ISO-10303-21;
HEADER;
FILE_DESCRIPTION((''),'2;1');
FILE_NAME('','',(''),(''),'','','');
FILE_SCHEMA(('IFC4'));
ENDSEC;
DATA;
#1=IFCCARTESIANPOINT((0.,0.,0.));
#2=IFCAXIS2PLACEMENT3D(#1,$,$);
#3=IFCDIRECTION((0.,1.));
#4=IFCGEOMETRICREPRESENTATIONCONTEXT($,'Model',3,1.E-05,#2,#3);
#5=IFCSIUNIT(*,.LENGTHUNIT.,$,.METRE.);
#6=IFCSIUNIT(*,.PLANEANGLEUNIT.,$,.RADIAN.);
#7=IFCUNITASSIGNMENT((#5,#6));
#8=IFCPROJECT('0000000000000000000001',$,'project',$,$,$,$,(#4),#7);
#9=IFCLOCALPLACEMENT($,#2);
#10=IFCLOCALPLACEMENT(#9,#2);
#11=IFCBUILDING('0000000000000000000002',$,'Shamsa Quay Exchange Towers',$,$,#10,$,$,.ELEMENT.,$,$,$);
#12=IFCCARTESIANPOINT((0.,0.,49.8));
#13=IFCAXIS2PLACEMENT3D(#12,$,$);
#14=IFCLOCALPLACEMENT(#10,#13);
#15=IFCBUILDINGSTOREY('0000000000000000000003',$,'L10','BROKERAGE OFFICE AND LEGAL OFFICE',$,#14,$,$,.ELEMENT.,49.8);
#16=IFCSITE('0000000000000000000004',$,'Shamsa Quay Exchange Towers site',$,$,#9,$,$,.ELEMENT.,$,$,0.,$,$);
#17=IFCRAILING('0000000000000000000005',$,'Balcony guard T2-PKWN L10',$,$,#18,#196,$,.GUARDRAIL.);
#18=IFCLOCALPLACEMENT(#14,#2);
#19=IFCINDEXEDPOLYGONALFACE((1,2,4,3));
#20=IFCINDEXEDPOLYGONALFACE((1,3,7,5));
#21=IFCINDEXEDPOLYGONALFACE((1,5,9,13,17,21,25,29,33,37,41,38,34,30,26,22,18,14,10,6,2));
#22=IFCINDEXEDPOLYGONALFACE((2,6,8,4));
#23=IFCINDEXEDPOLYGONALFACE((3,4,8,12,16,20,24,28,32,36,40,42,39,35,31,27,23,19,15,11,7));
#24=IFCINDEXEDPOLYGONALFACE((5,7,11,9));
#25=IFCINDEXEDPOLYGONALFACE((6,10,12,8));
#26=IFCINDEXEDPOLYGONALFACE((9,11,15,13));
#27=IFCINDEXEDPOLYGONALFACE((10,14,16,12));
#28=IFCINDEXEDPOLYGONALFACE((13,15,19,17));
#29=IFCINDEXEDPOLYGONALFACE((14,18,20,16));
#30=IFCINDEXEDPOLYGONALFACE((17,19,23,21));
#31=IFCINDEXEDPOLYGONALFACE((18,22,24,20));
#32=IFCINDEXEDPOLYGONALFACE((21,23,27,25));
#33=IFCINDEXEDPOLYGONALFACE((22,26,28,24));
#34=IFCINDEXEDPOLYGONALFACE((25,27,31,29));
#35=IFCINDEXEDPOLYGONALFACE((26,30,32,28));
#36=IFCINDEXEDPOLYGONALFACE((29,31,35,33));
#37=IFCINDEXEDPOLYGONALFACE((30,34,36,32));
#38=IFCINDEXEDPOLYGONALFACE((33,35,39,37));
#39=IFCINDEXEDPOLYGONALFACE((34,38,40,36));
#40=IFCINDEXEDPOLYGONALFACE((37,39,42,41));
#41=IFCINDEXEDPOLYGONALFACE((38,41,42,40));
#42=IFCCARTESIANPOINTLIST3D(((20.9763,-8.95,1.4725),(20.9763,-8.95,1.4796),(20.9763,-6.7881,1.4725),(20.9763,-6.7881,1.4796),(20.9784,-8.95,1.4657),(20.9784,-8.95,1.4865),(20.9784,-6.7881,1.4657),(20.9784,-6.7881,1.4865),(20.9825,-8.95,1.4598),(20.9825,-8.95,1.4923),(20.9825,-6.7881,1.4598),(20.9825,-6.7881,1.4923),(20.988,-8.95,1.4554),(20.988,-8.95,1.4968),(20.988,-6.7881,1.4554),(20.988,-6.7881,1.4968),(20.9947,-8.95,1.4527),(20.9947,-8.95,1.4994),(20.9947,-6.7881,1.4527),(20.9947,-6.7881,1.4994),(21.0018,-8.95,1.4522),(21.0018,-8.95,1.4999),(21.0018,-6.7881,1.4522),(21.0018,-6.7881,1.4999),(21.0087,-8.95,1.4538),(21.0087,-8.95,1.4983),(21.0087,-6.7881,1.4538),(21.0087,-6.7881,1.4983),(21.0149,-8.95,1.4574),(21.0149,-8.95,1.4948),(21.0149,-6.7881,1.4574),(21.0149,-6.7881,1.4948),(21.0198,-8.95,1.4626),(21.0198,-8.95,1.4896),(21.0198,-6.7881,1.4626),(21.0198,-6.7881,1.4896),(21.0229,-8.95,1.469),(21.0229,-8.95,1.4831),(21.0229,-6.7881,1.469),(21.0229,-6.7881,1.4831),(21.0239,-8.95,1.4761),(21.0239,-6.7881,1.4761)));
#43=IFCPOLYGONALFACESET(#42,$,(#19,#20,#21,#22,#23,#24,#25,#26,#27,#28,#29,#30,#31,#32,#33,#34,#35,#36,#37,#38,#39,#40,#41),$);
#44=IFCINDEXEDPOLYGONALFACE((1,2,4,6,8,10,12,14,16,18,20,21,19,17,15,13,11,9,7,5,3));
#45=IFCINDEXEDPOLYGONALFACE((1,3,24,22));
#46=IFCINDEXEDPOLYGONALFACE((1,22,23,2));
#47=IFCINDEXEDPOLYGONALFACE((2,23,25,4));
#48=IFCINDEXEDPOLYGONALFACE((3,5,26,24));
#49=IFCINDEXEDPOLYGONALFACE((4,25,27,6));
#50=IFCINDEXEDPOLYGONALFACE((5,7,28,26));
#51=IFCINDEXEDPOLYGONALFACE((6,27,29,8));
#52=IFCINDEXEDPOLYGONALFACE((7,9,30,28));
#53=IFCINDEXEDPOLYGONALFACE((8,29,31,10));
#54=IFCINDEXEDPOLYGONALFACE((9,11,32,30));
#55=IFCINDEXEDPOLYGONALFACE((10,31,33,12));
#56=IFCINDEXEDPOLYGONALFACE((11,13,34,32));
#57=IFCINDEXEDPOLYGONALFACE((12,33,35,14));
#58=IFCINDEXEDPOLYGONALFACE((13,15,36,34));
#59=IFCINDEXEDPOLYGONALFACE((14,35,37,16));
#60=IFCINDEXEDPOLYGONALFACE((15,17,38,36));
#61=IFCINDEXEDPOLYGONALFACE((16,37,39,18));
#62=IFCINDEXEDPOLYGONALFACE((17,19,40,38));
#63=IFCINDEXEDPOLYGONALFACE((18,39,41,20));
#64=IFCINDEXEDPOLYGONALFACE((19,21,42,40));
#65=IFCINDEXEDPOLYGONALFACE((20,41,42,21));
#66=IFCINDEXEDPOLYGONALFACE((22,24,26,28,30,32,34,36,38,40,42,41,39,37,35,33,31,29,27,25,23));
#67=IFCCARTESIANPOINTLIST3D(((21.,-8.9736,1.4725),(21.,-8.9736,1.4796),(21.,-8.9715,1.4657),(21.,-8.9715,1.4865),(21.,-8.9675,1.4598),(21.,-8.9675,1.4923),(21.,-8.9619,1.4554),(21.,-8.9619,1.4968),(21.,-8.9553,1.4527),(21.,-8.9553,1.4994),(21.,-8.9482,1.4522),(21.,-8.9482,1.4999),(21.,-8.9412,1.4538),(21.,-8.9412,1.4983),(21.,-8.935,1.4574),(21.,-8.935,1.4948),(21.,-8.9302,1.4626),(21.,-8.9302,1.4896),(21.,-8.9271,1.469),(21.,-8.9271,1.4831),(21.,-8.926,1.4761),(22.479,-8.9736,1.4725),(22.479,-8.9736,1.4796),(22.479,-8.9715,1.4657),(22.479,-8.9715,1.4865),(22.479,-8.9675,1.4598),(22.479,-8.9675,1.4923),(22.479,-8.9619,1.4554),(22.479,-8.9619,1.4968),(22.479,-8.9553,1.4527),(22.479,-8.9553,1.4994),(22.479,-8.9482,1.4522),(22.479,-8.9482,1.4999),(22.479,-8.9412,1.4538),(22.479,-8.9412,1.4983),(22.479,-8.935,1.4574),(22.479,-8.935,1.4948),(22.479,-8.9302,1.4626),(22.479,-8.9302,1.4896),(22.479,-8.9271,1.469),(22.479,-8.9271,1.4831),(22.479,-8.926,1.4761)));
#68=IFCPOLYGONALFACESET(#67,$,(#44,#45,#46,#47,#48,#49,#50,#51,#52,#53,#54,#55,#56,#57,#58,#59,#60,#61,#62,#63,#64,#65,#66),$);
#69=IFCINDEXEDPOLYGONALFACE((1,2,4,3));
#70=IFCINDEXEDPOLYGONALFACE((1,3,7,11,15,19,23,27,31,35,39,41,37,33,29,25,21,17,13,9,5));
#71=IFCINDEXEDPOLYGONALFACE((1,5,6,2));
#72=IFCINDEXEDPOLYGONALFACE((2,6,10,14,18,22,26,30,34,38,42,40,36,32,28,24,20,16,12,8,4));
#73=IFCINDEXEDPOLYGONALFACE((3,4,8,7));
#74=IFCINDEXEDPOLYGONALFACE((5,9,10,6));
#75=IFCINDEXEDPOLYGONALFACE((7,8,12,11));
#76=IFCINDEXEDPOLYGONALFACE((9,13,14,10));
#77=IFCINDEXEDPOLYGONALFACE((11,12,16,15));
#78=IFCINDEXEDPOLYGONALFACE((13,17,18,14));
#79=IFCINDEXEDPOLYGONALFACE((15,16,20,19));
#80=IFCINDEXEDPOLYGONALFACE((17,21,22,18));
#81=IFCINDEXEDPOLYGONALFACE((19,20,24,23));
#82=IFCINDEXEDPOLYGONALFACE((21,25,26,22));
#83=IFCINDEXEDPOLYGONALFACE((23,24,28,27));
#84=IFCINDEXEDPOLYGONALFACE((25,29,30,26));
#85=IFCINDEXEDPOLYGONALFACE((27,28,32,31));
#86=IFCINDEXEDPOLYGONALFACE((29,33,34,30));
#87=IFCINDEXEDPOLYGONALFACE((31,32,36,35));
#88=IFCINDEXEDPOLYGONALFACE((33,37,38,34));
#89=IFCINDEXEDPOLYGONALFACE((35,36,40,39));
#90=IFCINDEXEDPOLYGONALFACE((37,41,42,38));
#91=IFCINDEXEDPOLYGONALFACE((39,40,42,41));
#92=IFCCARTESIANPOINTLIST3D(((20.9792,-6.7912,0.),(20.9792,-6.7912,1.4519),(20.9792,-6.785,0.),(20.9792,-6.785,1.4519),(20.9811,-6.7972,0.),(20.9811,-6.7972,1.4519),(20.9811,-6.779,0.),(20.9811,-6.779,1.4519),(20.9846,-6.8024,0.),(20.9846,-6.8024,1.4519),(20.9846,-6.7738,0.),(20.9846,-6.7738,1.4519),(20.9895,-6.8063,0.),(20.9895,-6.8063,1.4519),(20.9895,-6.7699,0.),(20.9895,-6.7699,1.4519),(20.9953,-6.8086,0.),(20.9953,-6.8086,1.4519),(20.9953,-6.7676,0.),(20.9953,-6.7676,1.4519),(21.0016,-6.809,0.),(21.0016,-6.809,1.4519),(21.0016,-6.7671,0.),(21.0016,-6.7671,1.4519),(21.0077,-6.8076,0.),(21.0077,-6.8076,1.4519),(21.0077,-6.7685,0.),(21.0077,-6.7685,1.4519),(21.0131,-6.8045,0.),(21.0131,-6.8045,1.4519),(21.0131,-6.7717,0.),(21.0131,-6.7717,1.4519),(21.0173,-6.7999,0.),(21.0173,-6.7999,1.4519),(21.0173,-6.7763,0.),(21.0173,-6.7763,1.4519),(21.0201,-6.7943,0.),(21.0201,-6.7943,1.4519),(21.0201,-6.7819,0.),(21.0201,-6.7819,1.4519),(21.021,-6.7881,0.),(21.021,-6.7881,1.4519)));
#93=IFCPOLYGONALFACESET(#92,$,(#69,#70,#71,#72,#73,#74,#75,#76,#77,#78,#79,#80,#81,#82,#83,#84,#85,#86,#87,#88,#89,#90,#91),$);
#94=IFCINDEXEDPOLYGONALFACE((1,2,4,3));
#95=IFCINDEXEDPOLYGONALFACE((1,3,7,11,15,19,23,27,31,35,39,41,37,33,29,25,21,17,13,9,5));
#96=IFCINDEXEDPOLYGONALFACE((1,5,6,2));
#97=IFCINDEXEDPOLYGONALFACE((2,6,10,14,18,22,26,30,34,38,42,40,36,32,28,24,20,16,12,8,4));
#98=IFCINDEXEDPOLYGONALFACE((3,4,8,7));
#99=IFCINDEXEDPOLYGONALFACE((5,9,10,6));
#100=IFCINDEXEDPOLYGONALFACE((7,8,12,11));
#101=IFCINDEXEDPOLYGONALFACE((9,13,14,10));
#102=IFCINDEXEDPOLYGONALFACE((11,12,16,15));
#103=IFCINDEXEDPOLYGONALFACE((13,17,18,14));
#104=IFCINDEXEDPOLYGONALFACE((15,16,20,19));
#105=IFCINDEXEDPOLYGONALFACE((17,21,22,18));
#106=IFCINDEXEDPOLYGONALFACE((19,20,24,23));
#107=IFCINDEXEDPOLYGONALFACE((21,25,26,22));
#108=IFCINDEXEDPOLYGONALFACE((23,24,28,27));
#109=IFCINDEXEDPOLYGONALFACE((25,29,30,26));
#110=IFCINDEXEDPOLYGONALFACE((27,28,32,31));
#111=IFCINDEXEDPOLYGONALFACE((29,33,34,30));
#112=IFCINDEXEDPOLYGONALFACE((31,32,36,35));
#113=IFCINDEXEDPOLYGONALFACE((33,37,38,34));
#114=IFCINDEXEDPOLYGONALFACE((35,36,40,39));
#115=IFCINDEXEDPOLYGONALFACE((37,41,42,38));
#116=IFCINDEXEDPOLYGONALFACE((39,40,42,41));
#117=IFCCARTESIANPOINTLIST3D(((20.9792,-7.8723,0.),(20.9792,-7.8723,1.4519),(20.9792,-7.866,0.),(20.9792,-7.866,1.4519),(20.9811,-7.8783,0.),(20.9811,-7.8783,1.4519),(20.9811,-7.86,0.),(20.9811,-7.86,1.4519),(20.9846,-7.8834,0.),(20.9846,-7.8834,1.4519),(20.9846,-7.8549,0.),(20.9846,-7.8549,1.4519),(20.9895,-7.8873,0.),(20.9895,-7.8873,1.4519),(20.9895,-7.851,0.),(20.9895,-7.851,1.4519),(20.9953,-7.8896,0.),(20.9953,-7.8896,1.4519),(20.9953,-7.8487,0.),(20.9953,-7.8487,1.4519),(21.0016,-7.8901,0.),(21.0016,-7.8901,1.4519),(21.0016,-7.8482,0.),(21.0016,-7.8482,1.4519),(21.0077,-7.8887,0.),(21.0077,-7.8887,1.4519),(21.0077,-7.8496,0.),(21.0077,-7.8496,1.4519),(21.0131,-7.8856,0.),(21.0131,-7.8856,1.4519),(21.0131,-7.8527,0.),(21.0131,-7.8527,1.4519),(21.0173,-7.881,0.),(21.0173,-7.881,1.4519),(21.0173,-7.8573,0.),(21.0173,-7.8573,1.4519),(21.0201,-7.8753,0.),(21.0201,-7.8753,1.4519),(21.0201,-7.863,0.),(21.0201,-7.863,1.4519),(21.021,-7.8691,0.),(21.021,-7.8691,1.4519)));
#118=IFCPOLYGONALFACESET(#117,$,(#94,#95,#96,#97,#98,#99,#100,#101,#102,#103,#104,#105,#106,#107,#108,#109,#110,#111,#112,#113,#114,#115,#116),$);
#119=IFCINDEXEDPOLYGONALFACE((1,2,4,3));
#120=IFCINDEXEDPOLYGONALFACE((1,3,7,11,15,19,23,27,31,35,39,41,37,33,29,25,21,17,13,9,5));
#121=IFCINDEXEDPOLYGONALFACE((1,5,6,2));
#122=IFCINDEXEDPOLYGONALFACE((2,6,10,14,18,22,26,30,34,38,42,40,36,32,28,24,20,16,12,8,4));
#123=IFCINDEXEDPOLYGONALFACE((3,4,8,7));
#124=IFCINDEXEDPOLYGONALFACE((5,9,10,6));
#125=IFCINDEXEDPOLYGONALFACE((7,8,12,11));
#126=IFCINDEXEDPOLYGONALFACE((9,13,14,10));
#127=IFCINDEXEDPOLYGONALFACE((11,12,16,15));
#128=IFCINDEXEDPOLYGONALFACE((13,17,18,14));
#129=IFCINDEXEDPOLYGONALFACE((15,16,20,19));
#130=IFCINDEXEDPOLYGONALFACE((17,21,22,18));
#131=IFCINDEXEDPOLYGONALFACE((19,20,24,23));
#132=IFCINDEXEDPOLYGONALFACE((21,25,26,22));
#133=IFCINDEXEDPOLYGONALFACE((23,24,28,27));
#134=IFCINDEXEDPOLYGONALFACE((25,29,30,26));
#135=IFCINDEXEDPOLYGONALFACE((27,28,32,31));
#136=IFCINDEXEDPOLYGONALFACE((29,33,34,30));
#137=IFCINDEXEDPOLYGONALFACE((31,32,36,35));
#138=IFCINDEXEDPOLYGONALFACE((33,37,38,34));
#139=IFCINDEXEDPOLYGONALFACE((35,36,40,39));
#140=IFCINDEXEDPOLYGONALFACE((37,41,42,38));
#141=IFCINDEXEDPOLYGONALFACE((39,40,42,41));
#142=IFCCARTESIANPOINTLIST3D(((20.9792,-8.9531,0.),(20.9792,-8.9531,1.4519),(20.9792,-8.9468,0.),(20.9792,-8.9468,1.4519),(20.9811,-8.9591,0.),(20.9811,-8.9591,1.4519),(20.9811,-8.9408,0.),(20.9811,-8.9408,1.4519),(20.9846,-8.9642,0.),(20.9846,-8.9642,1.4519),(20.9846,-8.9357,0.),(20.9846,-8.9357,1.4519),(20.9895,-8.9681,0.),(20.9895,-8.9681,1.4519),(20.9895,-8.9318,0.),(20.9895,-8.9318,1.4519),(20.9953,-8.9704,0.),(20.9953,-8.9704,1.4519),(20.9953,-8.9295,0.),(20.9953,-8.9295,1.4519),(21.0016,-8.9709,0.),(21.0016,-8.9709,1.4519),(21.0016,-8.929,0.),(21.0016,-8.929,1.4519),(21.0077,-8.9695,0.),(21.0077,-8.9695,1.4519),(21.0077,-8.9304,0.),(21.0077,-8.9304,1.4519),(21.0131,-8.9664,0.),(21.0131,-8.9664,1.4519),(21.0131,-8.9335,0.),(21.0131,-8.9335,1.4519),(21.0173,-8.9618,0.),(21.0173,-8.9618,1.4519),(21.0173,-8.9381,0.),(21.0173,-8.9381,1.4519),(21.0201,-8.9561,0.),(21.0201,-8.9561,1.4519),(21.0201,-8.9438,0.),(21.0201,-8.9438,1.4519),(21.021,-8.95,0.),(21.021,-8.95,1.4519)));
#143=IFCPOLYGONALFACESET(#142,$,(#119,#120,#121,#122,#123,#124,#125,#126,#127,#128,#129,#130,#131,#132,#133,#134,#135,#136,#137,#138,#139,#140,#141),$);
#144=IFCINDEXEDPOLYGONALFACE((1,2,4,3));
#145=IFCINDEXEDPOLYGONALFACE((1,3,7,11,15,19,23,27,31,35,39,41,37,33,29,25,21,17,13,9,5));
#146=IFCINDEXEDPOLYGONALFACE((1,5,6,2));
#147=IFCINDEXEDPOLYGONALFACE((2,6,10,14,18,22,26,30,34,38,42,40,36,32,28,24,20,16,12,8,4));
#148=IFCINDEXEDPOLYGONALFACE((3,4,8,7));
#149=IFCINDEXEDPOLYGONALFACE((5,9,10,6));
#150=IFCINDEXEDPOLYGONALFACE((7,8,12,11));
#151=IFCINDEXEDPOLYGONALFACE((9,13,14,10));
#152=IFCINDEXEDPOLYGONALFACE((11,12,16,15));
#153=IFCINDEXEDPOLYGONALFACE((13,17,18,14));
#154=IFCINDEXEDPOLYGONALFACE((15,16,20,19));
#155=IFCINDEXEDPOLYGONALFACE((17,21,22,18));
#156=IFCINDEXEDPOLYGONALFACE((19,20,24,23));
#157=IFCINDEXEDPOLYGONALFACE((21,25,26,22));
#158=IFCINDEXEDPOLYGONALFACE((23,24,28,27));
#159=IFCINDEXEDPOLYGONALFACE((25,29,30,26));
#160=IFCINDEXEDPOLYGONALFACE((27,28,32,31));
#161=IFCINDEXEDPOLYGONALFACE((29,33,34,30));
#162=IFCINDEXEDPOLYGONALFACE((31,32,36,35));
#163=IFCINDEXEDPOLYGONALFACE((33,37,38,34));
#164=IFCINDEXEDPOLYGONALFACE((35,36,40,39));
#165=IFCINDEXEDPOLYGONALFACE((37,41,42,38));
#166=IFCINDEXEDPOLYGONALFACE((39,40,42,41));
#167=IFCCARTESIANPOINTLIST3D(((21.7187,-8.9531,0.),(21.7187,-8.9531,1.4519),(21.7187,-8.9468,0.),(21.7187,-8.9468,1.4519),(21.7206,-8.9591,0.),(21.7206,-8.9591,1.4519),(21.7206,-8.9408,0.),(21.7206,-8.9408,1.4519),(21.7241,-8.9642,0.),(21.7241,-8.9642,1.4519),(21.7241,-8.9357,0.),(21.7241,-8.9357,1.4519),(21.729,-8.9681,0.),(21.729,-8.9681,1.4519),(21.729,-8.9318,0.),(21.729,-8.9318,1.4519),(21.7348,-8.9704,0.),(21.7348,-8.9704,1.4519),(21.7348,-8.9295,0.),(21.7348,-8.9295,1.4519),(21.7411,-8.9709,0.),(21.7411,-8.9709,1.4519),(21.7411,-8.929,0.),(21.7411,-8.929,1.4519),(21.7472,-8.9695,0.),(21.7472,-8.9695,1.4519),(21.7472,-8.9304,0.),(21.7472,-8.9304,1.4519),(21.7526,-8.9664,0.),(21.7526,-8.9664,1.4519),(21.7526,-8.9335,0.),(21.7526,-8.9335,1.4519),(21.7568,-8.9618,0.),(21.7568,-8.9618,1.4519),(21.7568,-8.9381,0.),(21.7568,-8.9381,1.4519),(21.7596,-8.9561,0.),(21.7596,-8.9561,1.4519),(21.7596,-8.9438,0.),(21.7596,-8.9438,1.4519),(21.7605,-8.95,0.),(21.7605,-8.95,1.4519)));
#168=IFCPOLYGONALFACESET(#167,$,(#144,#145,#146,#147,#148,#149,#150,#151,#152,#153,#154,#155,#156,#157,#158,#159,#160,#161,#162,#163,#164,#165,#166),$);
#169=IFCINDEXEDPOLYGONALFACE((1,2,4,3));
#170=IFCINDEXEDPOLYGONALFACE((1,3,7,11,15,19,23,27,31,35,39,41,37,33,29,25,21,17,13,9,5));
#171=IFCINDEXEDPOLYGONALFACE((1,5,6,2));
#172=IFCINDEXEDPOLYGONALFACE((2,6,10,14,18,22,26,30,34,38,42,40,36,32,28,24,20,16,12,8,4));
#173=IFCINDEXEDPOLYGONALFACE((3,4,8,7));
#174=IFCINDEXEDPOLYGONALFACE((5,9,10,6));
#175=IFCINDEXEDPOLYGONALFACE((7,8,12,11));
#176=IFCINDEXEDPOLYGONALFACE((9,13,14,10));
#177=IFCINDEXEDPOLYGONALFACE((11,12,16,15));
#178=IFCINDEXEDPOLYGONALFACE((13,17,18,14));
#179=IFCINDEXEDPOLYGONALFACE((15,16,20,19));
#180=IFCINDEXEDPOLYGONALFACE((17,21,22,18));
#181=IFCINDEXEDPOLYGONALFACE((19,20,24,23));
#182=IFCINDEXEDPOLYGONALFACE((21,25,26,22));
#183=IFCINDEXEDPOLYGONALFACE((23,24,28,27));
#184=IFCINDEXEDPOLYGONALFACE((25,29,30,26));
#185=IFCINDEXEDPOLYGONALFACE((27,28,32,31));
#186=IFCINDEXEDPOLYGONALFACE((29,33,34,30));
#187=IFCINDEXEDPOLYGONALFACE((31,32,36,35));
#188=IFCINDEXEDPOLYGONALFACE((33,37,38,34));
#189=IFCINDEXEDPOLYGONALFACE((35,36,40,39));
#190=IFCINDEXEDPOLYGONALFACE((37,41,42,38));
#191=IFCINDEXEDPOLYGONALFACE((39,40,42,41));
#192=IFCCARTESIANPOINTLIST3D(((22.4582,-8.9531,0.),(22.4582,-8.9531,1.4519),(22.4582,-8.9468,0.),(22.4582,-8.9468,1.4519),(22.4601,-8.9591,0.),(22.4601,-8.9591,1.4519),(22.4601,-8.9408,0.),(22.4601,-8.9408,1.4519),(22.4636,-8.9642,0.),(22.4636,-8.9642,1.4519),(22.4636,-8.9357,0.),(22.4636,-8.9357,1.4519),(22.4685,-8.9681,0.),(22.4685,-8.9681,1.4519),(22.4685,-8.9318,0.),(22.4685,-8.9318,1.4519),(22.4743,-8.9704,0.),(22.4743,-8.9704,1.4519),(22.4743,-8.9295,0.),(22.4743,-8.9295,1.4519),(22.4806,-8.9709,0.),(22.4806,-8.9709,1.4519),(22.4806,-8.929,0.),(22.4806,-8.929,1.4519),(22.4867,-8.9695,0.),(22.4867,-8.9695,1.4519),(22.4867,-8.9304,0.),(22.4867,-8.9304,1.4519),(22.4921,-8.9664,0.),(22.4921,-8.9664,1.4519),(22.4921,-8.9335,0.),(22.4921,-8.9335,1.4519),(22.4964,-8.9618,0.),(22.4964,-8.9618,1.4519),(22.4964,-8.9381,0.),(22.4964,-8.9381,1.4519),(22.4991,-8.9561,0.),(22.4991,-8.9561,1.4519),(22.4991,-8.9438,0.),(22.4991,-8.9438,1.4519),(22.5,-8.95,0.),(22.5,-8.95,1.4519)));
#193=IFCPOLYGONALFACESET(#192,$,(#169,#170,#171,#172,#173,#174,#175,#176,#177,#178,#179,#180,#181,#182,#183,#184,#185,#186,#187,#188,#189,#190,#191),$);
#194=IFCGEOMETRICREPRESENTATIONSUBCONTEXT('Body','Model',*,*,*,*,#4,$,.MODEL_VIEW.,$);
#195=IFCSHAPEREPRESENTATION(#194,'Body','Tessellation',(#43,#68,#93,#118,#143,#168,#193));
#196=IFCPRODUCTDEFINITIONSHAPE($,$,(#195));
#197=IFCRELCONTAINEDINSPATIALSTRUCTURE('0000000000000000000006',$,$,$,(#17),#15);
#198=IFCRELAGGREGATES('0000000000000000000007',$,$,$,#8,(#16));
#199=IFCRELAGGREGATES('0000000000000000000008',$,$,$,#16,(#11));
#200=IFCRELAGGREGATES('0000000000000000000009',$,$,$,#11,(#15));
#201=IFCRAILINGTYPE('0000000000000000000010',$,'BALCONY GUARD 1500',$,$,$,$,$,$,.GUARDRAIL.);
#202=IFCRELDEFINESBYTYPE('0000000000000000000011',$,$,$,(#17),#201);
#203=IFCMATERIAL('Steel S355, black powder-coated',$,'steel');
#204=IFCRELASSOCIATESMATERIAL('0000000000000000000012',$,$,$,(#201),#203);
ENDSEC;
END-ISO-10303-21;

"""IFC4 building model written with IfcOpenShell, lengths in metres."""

from ifc_helpers import new_model, si_unit, direction, frame, origin, origin_2d, place, context, subcontext, project, spatial, circle, extrude, material, type_object, element, save


model = new_model("IFC4")

# Units and contexts
model_context = context("Model", 3, precision=1e-05, world=origin(), true_north=direction((0.0, 1.0)))
body_context = subcontext(model_context, "Body", "Model", "MODEL_VIEW")
ifc_project = project(units=[si_unit("LENGTHUNIT", "METRE"), si_unit("PLANEANGLEUNIT", "RADIAN")], contexts=[model_context])

# Site, building, storey
site_placement = place(None, origin())
site = spatial("IfcSite", under=ifc_project, at=site_placement, Name="Shamsa Quay Exchange Towers site", CompositionType="ELEMENT", RefElevation=0.0)
building_placement = place(site_placement, origin())
building = spatial("IfcBuilding", under=site, at=building_placement, Name="Shamsa Quay Exchange Towers", CompositionType="ELEMENT")
storey_placement = place(building_placement, frame((0.0, 0.0, 49.8)))
storey = spatial("IfcBuildingStorey", under=building, at=storey_placement, Name="L10", Description="BROKERAGE OFFICE AND LEGAL OFFICE", CompositionType="ELEMENT", Elevation=49.8)

# Railing
ifc_material_1 = material(Name="Steel S355, black powder-coated", Category="steel")
railing_type_1 = type_object("IfcRailingType", Name="BALCONY GUARD 1500", PredefinedType="GUARDRAIL", material=ifc_material_1)
for number, where, name in (
    (1, (21.0, -6.7881, 0.0), "Balcony guard T2-PKWN L10"),
):
    element("IfcRailing", number, at=place(storey_placement, frame(where)), inside=storey, type_object=railing_type_1, Name=name, PredefinedType="GUARDRAIL", context=body_context, shape_type="SweptSolid", body=[
        extrude(circle(Radius=0.0239, at=origin_2d()), frame((0.0, 0.0, 1.4761), z_axis=(0.0, -1.0, 0.0), x_axis=(1.0, 0.0, 0.0)), (0.0, 0.0, 1.0), 2.1619),
        extrude(circle(Radius=0.0239, at=origin_2d()), frame((0.0, -2.1619, 1.4761), z_axis=(1.0, 0.0, 0.0), x_axis=(0.0, 1.0, 0.0)), (0.0, 0.0, 1.0), 1.479),
        extrude(circle(Radius=0.021, at=origin_2d()), origin(), (0.0, 0.0, 1.0), 1.4519),
        extrude(circle(Radius=0.021, at=origin_2d()), frame((0.0, -1.0811, 0.0)), (0.0, 0.0, 1.0), 1.4519),
        extrude(circle(Radius=0.021, at=origin_2d()), frame((0.0, -2.1619, 0.0)), (0.0, 0.0, 1.0), 1.4519),
        extrude(circle(Radius=0.021, at=origin_2d()), frame((0.7395, -2.1619, 0.0)), (0.0, 0.0, 1.0), 1.4519),
        extrude(circle(Radius=0.021, at=origin_2d()), frame((1.479, -2.1619, 0.0)), (0.0, 0.0, 1.0), 1.4519),
    ])

save(model, "model.ifc")
